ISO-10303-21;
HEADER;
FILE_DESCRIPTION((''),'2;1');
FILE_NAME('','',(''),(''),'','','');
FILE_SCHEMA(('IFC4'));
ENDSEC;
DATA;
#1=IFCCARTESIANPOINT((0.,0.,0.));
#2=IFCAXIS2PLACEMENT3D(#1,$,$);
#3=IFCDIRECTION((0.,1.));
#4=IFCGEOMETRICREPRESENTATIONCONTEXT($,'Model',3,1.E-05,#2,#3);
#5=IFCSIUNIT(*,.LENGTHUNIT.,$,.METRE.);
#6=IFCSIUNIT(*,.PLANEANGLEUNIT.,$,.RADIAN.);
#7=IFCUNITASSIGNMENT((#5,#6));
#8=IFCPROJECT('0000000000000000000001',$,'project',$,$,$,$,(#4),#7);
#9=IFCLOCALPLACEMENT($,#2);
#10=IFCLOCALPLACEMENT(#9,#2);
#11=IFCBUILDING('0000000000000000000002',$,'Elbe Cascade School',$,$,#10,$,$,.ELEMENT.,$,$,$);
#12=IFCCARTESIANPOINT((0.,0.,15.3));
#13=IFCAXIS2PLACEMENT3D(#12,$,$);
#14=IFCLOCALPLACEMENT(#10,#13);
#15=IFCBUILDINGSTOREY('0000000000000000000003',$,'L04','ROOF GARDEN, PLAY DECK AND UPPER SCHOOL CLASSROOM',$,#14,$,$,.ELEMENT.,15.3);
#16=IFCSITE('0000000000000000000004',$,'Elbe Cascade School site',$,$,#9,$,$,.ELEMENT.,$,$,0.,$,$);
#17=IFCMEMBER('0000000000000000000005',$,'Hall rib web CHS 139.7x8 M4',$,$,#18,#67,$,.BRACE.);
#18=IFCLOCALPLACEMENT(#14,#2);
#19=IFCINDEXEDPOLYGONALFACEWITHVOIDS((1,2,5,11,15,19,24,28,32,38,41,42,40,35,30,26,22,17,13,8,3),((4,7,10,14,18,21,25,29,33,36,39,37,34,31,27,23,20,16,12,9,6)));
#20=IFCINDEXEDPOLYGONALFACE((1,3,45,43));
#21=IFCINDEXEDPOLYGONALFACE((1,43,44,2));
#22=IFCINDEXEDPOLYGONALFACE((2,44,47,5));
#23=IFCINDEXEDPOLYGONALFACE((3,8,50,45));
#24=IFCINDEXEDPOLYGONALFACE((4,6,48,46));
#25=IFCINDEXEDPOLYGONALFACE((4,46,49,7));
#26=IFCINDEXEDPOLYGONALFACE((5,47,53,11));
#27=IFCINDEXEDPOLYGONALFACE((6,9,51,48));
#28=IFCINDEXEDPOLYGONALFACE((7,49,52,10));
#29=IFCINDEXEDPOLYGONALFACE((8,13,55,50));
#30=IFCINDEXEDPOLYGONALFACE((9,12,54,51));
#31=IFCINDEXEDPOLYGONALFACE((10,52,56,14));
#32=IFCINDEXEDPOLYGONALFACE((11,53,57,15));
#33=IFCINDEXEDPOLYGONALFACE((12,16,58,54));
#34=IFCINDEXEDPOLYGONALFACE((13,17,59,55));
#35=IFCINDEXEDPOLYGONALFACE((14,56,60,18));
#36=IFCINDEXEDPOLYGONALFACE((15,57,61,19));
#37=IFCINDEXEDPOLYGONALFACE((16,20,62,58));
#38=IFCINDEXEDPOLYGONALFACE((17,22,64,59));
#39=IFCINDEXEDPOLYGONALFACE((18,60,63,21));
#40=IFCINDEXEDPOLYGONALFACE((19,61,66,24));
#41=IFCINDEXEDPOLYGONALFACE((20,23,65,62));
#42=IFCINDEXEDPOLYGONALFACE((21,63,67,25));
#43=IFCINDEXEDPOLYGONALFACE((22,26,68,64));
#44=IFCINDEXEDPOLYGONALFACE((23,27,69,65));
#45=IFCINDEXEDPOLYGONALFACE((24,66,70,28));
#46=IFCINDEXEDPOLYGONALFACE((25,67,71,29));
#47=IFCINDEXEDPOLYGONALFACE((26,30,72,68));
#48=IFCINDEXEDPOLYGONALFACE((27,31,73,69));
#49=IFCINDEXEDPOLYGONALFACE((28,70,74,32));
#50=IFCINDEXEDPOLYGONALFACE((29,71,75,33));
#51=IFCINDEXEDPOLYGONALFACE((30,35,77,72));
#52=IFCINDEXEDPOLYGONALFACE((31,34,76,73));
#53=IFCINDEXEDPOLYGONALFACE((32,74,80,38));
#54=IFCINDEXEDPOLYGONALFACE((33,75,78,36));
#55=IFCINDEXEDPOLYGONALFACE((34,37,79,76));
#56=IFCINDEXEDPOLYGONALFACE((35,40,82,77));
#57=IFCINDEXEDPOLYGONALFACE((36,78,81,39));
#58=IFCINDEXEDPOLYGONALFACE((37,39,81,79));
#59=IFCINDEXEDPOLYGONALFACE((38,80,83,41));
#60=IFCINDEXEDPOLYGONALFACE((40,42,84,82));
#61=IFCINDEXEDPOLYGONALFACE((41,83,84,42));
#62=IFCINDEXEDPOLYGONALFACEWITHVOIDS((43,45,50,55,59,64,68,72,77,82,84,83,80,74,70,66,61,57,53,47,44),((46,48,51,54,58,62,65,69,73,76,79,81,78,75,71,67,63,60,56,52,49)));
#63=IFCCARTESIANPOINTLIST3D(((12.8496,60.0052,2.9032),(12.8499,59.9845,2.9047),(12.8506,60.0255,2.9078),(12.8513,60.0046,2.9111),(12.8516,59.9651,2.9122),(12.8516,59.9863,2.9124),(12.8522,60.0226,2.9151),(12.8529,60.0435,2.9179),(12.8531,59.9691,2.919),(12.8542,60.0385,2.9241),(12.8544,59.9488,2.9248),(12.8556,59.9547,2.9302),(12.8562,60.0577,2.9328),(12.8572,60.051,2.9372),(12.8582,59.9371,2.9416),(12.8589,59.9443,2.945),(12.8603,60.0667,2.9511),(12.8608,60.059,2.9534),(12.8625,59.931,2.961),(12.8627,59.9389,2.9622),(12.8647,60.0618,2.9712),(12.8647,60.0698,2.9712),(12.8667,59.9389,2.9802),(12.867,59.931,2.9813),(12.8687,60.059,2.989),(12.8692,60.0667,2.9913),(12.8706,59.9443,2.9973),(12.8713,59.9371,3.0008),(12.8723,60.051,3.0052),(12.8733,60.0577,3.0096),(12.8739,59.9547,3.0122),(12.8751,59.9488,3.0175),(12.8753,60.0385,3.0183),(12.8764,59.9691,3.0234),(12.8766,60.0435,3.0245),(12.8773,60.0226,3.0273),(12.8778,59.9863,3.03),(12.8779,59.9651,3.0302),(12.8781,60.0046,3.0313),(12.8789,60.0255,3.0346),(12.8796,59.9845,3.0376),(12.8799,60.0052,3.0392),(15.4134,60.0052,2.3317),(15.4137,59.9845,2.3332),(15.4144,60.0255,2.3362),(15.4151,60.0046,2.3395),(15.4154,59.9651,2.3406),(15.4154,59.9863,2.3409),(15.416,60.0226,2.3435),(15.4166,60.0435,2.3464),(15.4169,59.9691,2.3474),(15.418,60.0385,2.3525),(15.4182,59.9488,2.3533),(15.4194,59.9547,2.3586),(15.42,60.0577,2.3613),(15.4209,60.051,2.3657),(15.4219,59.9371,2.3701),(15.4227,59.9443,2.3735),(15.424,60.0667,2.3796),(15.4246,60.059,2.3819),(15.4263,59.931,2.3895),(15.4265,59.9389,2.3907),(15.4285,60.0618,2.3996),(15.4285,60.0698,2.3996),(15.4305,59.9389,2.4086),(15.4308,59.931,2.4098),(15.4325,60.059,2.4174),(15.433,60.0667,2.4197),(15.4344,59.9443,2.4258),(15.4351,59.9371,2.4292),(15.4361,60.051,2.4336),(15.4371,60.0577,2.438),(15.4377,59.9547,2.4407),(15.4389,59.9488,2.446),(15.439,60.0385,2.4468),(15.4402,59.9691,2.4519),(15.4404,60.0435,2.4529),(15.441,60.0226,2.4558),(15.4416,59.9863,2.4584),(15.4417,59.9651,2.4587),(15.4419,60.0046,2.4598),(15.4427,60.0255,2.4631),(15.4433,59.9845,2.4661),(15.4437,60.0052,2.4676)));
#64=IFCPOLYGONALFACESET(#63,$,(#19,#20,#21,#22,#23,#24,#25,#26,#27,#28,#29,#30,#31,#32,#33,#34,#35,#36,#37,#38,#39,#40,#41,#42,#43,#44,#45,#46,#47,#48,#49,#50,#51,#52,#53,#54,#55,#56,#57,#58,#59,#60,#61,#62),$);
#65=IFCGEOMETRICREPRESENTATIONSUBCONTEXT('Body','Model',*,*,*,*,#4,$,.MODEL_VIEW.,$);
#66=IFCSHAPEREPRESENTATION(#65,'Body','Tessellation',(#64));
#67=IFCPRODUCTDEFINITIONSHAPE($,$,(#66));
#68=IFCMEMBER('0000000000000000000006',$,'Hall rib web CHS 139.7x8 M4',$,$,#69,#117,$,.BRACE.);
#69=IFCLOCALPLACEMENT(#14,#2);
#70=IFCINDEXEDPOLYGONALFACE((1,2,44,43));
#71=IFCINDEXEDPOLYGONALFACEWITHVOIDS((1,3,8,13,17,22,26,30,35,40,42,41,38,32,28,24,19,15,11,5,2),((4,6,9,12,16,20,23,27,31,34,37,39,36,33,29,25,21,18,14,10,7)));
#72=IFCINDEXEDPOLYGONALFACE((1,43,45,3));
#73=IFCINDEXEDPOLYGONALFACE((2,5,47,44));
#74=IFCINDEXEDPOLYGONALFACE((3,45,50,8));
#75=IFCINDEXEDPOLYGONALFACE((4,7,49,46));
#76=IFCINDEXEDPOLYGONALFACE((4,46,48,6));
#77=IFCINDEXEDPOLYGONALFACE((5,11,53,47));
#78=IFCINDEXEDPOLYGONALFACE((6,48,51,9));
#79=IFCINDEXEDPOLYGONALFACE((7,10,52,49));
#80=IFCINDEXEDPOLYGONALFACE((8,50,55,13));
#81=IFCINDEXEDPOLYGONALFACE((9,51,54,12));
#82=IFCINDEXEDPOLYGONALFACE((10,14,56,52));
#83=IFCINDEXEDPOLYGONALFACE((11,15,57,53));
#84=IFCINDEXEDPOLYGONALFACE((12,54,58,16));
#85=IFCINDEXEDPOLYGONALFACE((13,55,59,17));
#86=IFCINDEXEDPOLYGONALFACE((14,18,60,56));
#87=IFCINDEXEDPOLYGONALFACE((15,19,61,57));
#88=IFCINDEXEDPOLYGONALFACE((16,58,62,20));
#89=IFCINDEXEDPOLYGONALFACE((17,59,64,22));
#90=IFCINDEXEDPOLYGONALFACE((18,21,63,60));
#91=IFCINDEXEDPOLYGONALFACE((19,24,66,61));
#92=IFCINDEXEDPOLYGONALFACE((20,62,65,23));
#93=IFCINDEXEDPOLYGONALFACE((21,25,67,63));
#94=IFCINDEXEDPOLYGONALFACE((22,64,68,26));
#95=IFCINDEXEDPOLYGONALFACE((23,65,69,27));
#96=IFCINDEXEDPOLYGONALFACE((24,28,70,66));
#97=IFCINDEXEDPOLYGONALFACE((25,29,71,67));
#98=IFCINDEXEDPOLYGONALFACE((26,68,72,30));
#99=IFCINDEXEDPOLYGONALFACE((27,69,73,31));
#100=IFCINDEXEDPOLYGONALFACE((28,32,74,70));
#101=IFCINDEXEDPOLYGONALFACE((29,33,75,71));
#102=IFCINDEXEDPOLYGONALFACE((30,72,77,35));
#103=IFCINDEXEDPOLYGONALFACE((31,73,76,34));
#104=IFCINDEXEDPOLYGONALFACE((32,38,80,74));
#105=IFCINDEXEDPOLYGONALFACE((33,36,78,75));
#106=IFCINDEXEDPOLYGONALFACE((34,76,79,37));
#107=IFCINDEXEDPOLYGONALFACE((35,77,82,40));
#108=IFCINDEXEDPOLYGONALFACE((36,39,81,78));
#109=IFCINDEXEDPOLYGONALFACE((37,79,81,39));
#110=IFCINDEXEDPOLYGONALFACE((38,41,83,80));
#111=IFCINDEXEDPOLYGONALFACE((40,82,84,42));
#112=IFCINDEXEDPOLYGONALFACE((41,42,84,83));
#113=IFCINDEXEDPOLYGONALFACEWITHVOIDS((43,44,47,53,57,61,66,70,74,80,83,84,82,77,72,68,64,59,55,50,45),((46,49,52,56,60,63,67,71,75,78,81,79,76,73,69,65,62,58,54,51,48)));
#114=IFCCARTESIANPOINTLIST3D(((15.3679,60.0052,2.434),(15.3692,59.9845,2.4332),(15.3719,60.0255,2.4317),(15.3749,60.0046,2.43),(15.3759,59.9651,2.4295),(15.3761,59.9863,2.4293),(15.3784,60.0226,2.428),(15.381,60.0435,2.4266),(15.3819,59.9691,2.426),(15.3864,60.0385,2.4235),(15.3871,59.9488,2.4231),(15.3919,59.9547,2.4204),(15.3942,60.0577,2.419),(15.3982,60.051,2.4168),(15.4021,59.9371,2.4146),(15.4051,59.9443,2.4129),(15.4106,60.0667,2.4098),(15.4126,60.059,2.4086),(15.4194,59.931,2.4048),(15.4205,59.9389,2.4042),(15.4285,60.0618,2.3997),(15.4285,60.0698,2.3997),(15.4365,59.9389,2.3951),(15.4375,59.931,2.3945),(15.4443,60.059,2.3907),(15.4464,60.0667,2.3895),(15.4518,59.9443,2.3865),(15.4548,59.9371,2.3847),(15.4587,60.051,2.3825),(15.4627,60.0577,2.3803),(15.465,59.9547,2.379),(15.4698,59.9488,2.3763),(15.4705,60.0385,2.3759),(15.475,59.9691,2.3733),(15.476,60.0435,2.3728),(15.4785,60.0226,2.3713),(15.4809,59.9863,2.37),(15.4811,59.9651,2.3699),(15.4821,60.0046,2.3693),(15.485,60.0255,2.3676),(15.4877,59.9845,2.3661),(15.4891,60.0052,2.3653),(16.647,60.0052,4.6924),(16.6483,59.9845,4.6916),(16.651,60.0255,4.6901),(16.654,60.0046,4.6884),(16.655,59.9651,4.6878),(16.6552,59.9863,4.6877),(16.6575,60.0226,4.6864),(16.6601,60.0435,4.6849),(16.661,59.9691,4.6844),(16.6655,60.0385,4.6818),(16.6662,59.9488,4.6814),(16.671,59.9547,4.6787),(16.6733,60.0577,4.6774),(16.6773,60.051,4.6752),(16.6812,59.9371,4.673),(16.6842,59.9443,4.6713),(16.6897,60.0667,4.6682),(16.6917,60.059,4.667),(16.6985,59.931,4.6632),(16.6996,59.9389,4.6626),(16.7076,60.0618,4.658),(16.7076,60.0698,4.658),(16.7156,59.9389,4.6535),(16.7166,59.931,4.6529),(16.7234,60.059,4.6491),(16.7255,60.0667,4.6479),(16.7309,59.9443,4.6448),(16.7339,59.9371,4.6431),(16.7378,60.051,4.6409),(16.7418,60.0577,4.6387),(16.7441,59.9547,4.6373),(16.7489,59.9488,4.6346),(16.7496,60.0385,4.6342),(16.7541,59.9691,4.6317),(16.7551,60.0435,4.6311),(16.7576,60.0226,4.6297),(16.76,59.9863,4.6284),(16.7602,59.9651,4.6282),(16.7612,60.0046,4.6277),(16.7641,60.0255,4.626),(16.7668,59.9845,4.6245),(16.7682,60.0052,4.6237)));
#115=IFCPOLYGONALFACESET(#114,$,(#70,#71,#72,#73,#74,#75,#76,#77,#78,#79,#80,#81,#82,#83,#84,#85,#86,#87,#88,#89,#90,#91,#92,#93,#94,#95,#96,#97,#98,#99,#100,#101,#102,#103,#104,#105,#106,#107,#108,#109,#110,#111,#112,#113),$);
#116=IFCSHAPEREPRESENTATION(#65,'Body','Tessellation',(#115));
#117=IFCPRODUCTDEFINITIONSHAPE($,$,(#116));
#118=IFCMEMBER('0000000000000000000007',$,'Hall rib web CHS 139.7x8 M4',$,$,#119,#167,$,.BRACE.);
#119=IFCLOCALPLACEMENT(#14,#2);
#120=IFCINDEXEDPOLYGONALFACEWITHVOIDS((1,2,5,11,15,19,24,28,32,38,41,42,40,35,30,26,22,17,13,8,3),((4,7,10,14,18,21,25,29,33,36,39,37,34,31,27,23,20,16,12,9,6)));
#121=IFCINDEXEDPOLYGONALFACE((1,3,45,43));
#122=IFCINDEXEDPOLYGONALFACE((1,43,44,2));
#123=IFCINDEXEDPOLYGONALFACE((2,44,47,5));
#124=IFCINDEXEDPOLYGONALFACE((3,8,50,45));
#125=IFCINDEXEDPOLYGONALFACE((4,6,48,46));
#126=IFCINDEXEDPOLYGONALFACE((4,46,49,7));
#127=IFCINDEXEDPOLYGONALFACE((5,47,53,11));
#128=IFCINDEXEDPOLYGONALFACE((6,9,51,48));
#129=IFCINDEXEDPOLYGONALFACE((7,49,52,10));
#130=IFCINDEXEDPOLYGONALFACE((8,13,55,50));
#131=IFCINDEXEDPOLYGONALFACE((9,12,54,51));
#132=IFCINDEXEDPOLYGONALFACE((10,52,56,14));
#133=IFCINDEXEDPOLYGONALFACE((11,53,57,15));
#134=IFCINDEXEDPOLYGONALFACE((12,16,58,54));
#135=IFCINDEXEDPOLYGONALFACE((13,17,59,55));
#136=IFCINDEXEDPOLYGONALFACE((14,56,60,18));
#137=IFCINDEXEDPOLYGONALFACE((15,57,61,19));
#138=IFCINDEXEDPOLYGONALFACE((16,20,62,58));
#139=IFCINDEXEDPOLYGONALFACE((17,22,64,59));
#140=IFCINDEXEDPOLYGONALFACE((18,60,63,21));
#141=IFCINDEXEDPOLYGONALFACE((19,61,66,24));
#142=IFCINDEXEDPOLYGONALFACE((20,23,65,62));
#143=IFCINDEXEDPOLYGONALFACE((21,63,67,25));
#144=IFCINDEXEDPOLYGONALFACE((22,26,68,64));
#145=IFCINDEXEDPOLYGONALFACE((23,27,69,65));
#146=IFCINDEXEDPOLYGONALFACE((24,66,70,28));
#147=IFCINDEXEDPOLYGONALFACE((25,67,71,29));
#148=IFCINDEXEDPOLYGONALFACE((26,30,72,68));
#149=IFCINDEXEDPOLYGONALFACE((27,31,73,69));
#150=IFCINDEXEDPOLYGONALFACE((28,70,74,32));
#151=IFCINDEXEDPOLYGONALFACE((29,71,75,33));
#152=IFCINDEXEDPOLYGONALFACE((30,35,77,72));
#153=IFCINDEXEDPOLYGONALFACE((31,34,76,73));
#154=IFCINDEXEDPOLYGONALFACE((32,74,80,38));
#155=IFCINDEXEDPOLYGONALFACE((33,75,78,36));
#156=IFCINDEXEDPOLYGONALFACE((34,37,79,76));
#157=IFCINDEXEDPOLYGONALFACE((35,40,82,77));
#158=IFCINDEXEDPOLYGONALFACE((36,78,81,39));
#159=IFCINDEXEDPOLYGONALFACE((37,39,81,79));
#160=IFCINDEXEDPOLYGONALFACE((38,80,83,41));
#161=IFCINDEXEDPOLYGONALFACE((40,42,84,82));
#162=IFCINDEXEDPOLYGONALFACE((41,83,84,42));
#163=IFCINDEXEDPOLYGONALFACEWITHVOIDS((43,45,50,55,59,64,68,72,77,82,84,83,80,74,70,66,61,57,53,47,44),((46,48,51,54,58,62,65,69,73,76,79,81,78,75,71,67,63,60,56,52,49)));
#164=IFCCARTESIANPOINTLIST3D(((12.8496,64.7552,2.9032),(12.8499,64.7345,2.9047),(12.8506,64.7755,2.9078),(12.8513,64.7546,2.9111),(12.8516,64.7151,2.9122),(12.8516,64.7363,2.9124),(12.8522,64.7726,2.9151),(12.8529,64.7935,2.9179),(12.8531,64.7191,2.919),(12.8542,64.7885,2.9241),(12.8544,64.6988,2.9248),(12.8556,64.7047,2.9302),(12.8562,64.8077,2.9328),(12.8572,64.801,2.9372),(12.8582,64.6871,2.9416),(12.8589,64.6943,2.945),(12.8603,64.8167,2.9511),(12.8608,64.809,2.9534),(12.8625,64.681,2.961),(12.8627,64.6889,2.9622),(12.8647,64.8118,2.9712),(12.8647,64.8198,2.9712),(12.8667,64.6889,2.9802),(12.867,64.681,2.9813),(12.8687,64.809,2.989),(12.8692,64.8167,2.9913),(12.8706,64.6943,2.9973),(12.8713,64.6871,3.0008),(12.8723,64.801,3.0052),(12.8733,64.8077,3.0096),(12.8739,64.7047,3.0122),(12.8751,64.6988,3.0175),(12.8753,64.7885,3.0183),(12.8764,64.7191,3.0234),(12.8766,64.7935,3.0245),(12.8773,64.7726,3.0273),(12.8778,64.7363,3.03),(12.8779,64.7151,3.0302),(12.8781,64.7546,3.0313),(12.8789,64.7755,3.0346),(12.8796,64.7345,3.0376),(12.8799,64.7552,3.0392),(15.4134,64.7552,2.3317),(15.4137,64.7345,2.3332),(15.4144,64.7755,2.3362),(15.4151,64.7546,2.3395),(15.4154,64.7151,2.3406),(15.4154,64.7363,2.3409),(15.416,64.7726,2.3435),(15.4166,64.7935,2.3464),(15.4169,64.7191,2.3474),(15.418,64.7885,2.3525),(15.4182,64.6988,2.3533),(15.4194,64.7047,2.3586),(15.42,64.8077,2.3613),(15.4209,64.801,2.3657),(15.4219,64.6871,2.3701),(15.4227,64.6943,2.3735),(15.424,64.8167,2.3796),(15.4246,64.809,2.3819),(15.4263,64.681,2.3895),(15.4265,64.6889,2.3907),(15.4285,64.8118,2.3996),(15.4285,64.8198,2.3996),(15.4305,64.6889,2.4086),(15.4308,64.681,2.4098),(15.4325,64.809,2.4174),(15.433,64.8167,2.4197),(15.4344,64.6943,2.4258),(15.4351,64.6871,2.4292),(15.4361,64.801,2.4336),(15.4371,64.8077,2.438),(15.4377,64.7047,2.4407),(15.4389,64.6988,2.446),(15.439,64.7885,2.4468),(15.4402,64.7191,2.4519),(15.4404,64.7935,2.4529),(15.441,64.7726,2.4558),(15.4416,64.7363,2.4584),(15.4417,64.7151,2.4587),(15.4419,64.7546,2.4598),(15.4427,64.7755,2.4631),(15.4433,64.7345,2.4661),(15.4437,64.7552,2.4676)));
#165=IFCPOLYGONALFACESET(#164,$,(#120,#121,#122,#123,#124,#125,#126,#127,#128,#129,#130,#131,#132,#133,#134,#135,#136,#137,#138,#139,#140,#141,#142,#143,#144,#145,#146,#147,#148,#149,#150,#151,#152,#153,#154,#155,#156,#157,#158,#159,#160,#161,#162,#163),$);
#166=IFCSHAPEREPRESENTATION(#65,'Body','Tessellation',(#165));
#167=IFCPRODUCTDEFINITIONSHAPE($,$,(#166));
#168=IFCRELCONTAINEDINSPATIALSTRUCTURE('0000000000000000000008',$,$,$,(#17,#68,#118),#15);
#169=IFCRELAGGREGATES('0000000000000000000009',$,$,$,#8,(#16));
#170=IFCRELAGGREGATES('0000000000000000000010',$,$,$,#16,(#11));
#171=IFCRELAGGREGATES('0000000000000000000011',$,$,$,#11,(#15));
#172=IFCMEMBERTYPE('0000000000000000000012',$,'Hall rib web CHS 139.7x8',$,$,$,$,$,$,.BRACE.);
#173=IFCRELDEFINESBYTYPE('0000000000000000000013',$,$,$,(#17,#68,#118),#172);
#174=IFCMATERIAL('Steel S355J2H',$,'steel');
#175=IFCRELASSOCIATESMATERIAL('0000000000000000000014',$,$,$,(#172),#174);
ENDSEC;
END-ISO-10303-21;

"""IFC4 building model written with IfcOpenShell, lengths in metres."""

from ifc_helpers import new_model, si_unit, direction, frame, origin, origin_2d, place, context, subcontext, project, spatial, hollow_circle, extrude, material, material_profile, profile_set, type_object, element, save


model = new_model("IFC4")

# Units and contexts
model_context = context("Model", 3, precision=1e-05, world=origin(), true_north=direction((0.0, 1.0)))
body_context = subcontext(model_context, "Body", "Model", "MODEL_VIEW")
ifc_project = project(units=[si_unit("LENGTHUNIT", "METRE"), si_unit("PLANEANGLEUNIT", "RADIAN")], contexts=[model_context])

# Site, building, storey
site_placement = place(None, origin())
site = spatial("IfcSite", under=ifc_project, at=site_placement, Name="Elbe Cascade School site", CompositionType="ELEMENT", RefElevation=0.0)
building_placement = place(site_placement, origin())
building = spatial("IfcBuilding", under=site, at=building_placement, Name="Elbe Cascade School", CompositionType="ELEMENT")
storey_placement = place(building_placement, frame((0.0, 0.0, 15.3)))
storey = spatial("IfcBuildingStorey", under=building, at=storey_placement, Name="L04", Description="ROOF GARDEN, PLAY DECK AND UPPER SCHOOL CLASSROOM", CompositionType="ELEMENT", Elevation=15.3)

# Members
ifc_material_1 = material(Name="Steel S355J2H", Category="steel")
ifc_material_profile_1 = material_profile(ifc_material_1, hollow_circle(Radius=0.0698, WallThickness=0.0081, at=origin_2d()), Name="CHS 139.7x8")
ifc_profile_set_1 = profile_set([ifc_material_profile_1], Name="Steel S355J2H")
member_type_1 = type_object("IfcMemberType", Name="Hall rib web CHS 139.7x8", PredefinedType="BRACE", material=ifc_profile_set_1)
member_1_placement = place(storey_placement, frame((12.8647, 60.0, 2.9712), z_axis=(0.97604, 0.0, -0.21759), x_axis=(0.0, 1.0, 0.0)))
element("IfcMember", 1, at=member_1_placement, inside=storey, type_object=member_type_1, Name="Hall rib web CHS 139.7x8 M4", PredefinedType="BRACE", context=body_context, shape_type="SweptSolid", body=[
    extrude(hollow_circle(Radius=0.0698, WallThickness=0.0081, at=origin_2d()), origin(), (0.0, 0.0, 1.0), 2.6267),
])
member_2_placement = place(storey_placement, frame((15.4285, 60.0, 2.3997), z_axis=(0.492823, 0.0, 0.87013), x_axis=(0.0, 1.0, 0.0)))
element("IfcMember", 2, at=member_2_placement, inside=storey, type_object=member_type_1, Name="Hall rib web CHS 139.7x8 M4", PredefinedType="BRACE", context=body_context, shape_type="SweptSolid", body=[
    extrude(hollow_circle(Radius=0.0698, WallThickness=0.0081, at=origin_2d()), origin(), (0.0, 0.0, 1.0), 2.5955),
])
member_3_placement = place(storey_placement, frame((12.8647, 64.75, 2.9712), z_axis=(0.97604, 0.0, -0.21759), x_axis=(0.0, 1.0, 0.0)))
element("IfcMember", 3, at=member_3_placement, inside=storey, type_object=member_type_1, Name="Hall rib web CHS 139.7x8 M4", PredefinedType="BRACE", context=body_context, shape_type="SweptSolid", body=[
    extrude(hollow_circle(Radius=0.0698, WallThickness=0.0081, at=origin_2d()), origin(), (0.0, 0.0, 1.0), 2.6267),
])

save(model, "model.ifc")
